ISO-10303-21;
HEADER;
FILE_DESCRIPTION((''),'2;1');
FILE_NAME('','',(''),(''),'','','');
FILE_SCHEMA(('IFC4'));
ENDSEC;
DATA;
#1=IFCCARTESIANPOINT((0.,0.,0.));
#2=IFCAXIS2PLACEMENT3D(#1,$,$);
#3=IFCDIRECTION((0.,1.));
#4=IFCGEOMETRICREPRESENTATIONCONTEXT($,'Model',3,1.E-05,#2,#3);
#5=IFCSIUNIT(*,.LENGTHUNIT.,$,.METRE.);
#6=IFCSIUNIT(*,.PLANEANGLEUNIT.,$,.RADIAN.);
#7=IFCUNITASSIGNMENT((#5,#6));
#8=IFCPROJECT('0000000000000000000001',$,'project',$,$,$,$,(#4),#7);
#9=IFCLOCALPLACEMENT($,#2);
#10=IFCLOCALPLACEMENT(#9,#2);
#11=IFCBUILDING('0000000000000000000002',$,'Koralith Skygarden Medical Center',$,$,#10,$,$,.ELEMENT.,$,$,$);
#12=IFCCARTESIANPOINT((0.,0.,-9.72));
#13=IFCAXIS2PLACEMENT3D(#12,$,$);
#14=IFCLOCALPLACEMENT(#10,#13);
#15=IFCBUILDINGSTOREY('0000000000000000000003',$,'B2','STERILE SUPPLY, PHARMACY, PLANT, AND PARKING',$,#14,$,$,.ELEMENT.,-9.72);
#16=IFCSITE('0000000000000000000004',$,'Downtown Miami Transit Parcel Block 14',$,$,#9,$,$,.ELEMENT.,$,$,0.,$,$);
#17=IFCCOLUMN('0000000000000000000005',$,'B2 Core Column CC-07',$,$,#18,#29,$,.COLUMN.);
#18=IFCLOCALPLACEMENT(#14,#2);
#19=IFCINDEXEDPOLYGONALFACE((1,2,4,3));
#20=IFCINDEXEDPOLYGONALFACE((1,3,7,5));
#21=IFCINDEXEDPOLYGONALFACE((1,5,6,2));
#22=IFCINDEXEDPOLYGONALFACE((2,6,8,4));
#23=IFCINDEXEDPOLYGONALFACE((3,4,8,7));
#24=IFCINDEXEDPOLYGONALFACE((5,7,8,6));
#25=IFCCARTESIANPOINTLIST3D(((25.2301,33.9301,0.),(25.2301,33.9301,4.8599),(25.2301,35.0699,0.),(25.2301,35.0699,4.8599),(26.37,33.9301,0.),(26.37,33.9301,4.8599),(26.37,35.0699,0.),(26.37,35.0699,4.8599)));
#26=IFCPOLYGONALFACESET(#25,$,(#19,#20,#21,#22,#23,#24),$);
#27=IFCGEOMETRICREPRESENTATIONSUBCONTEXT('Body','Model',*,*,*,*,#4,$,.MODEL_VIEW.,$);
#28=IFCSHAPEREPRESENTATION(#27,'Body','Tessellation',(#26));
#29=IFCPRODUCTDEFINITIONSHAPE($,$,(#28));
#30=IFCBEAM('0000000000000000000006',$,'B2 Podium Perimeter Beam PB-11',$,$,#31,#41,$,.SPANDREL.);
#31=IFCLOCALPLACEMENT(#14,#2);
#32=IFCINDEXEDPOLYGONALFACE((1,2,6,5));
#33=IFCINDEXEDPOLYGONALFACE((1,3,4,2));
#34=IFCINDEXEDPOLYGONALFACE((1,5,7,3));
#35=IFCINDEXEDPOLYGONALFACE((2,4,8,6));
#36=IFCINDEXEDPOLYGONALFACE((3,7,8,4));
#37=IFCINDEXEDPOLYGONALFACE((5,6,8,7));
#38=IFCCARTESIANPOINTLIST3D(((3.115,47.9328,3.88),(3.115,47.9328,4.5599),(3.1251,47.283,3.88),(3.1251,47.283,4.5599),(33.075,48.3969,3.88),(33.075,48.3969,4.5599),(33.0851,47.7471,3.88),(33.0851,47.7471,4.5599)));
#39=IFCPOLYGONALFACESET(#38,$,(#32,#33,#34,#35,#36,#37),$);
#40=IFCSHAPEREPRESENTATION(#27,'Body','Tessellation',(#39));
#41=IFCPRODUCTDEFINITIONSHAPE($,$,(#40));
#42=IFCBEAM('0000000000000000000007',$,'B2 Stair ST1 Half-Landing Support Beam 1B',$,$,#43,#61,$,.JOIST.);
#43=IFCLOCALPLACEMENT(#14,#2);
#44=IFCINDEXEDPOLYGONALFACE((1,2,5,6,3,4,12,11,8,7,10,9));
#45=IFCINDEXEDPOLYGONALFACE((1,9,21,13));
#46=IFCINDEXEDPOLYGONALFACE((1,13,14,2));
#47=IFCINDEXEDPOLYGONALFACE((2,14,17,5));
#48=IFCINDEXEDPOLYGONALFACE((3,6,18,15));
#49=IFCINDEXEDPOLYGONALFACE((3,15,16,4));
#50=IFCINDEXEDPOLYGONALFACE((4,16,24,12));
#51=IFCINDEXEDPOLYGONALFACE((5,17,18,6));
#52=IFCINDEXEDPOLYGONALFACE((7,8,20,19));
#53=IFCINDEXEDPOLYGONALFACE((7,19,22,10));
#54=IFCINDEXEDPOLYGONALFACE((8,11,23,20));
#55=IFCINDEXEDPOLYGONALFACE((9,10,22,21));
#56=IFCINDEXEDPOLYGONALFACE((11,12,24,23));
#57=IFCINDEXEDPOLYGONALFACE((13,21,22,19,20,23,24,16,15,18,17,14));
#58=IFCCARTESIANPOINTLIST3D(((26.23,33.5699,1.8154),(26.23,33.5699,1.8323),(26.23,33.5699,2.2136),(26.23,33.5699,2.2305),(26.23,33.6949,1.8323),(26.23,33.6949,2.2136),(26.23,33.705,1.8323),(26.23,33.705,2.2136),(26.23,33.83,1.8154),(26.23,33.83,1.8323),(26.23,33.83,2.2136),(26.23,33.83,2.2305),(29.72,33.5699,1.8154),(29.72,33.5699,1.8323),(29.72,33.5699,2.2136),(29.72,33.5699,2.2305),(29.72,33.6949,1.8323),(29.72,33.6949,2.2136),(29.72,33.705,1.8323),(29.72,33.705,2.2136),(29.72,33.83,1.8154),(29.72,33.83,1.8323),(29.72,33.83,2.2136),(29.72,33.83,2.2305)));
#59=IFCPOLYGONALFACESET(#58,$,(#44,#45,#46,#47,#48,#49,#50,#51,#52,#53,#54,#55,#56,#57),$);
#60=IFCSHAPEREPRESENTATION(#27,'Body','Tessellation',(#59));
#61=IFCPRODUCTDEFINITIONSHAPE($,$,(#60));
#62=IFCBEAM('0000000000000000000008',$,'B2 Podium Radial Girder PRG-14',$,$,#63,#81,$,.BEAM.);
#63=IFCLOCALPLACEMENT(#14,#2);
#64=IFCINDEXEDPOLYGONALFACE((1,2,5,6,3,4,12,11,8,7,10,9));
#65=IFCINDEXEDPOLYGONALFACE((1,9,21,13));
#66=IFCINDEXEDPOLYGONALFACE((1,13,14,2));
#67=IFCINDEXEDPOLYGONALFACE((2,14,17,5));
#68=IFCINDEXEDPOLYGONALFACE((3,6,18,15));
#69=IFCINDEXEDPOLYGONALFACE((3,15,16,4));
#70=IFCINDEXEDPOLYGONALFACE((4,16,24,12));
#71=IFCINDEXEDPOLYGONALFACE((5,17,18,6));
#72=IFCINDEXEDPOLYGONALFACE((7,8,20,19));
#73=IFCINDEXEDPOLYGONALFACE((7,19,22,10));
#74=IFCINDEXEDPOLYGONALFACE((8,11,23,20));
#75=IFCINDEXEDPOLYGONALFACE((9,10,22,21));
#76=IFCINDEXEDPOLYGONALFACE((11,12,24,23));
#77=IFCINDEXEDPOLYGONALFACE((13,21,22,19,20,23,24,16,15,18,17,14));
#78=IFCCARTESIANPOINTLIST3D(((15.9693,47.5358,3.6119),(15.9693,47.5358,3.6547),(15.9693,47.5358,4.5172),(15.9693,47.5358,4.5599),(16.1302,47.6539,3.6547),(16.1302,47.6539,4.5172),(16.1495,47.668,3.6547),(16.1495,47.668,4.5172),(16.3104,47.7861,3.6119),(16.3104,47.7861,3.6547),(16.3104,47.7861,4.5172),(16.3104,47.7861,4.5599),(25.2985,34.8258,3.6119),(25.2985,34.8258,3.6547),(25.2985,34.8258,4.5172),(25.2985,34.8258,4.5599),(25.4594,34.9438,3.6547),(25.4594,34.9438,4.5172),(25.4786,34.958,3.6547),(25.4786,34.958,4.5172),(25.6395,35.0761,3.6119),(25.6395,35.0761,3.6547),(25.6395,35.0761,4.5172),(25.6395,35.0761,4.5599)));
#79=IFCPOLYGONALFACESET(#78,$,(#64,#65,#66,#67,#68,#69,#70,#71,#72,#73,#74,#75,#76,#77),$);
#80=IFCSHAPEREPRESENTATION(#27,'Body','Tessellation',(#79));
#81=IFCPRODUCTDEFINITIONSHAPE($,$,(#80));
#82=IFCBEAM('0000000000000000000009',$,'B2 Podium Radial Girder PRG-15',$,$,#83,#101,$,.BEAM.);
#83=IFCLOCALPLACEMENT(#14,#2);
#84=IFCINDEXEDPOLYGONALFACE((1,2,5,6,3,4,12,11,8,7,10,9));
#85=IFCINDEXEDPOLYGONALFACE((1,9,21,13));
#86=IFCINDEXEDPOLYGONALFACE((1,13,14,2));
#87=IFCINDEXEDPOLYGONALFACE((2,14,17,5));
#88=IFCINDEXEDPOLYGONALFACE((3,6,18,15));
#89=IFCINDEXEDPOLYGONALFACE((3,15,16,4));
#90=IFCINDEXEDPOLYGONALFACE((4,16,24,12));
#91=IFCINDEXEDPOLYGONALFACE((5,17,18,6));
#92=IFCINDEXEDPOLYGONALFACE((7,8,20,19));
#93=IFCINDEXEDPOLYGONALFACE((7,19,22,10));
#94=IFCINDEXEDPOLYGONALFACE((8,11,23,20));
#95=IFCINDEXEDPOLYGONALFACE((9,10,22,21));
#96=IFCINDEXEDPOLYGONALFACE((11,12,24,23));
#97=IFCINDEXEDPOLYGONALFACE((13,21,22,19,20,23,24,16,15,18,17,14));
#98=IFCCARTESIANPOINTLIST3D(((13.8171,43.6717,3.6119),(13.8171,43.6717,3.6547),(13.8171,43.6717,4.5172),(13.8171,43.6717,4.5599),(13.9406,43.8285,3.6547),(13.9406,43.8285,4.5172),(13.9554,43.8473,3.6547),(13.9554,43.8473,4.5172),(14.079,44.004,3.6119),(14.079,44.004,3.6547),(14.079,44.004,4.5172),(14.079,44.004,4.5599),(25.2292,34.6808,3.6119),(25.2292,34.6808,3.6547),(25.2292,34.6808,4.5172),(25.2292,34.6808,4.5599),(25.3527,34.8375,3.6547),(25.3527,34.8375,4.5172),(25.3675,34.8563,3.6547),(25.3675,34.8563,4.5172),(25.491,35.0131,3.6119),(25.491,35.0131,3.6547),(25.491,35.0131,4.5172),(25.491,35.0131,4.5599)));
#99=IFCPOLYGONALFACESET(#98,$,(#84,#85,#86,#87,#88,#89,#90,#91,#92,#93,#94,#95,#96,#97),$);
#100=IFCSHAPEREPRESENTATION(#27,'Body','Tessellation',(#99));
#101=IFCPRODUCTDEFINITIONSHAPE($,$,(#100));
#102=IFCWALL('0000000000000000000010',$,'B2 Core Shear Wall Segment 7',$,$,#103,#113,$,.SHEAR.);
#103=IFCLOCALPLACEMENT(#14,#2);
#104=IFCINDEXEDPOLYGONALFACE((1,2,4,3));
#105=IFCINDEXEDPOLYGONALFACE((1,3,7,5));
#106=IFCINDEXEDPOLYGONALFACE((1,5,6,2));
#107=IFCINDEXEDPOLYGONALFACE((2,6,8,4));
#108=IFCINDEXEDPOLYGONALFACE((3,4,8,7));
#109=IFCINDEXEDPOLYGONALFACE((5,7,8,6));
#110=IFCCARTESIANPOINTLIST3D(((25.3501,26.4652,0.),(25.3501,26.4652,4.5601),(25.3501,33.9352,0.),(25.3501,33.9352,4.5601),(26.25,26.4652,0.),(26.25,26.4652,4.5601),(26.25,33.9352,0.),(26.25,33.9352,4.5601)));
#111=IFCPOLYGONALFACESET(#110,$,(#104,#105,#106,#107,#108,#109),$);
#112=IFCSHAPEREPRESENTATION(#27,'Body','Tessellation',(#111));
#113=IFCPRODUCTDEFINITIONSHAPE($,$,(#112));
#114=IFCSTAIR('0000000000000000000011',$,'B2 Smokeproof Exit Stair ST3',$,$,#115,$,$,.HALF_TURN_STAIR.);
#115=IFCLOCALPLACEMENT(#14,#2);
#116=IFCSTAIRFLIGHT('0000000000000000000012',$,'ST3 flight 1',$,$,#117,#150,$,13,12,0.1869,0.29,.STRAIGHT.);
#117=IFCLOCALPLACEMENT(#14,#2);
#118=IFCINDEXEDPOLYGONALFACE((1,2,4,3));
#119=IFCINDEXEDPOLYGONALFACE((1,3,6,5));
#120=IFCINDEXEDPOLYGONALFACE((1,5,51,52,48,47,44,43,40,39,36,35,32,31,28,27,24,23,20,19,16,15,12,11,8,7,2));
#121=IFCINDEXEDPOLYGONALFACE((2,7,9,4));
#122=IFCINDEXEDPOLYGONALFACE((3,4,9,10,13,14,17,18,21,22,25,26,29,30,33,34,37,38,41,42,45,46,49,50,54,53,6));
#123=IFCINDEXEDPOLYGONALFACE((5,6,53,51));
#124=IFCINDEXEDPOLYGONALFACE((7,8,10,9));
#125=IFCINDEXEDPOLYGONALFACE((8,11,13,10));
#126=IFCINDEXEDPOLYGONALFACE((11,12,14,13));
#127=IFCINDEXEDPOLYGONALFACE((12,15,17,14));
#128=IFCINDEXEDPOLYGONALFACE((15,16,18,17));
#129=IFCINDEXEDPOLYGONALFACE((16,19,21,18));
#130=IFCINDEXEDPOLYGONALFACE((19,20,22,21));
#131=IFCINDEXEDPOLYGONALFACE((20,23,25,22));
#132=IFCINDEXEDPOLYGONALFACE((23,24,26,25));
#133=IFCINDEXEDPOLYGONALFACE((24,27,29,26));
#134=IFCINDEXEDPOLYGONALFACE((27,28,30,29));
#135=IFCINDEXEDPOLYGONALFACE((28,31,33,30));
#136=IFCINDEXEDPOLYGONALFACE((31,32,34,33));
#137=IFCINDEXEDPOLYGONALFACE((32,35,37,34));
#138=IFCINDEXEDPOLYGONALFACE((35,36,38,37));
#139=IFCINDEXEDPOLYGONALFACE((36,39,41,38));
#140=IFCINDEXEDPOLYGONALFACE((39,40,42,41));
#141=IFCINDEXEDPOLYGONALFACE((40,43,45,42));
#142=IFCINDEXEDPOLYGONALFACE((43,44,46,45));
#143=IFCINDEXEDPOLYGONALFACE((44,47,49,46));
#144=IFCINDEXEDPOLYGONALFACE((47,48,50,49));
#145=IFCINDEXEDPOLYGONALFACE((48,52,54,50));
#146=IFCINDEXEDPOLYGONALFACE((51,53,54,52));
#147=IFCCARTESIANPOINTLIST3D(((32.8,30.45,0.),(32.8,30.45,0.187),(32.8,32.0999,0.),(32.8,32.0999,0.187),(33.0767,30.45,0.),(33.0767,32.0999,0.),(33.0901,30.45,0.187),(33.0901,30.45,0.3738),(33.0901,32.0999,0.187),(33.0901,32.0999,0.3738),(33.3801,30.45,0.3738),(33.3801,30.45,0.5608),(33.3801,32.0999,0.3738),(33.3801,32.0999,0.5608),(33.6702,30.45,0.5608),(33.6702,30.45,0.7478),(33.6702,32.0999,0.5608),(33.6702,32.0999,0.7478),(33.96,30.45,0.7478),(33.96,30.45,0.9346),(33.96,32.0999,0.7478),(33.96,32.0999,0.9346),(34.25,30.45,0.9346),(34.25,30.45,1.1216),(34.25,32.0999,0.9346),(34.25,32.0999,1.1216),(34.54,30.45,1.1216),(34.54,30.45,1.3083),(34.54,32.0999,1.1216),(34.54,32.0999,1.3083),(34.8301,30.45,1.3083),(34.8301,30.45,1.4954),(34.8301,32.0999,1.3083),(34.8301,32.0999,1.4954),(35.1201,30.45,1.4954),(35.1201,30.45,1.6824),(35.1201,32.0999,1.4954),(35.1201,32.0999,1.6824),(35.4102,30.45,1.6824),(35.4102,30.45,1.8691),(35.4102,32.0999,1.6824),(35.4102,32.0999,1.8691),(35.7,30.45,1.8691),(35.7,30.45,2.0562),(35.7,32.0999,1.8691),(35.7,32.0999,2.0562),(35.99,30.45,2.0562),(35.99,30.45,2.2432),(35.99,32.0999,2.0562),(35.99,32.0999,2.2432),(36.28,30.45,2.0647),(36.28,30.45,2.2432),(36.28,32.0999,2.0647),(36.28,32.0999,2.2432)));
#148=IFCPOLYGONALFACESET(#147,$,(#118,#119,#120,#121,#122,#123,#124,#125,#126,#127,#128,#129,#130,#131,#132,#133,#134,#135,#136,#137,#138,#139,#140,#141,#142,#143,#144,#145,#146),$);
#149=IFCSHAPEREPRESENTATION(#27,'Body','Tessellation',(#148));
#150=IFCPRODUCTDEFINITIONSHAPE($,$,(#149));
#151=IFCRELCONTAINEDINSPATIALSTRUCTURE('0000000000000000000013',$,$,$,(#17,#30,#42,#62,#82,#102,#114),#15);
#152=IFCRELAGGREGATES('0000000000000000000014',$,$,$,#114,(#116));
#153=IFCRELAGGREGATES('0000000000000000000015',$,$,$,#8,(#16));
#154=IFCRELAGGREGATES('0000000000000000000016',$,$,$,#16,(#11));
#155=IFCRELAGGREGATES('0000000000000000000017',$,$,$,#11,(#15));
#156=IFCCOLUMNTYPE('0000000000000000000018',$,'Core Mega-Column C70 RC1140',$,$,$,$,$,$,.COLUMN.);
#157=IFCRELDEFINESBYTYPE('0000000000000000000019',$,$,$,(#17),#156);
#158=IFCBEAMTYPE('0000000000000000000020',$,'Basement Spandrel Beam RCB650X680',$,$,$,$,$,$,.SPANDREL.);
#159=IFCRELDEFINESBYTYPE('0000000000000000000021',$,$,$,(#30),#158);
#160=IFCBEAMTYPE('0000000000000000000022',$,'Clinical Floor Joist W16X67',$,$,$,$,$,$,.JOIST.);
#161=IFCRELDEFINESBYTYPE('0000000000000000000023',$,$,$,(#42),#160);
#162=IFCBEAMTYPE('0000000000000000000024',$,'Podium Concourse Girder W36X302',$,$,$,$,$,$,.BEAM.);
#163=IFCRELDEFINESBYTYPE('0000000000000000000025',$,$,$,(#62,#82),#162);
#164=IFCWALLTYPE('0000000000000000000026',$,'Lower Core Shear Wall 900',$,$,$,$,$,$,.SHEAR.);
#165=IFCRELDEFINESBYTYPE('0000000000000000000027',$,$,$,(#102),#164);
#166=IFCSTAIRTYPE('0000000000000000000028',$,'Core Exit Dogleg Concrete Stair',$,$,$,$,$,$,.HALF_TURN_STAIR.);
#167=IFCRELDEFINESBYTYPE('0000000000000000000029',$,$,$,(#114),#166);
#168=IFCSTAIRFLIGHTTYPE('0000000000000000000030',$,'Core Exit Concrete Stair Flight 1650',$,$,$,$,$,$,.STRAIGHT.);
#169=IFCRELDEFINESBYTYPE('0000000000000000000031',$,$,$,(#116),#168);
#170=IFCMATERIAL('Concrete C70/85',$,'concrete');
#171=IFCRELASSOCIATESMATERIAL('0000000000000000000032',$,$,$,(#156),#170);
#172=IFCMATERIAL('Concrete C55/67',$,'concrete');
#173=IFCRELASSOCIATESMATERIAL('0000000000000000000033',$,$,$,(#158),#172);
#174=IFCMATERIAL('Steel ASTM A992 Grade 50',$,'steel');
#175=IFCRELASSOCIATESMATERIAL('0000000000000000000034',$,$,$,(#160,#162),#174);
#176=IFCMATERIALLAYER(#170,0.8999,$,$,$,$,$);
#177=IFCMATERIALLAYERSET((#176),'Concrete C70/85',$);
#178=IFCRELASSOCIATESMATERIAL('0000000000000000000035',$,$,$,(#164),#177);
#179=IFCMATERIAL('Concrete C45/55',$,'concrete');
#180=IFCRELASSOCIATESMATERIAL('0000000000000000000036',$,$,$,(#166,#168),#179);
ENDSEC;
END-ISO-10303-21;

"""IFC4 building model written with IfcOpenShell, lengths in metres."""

from ifc_helpers import new_model, si_unit, direction, frame, frame_2d, origin, origin_2d, place, context, subcontext, project, spatial, polyline, rectangle, i_section, outline, extrude, material, layer, layer_set, material_profile, profile_set, type_object, element, aggregate, save


model = new_model("IFC4")

# Units and contexts
model_context = context("Model", 3, precision=1e-05, world=origin(), true_north=direction((0.0, 1.0)))
body_context = subcontext(model_context, "Body", "Model", "MODEL_VIEW")
ifc_project = project(units=[si_unit("LENGTHUNIT", "METRE"), si_unit("PLANEANGLEUNIT", "RADIAN")], contexts=[model_context])

# Site, building, storey
site_placement = place(None, origin())
site = spatial("IfcSite", under=ifc_project, at=site_placement, Name="Downtown Miami Transit Parcel Block 14", CompositionType="ELEMENT", RefElevation=0.0)
building_placement = place(site_placement, origin())
building = spatial("IfcBuilding", under=site, at=building_placement, Name="Koralith Skygarden Medical Center", CompositionType="ELEMENT")
storey_placement = place(building_placement, frame((0.0, 0.0, -9.72)))
storey = spatial("IfcBuildingStorey", under=building, at=storey_placement, Name="B2", Description="STERILE SUPPLY, PHARMACY, PLANT, AND PARKING", CompositionType="ELEMENT", Elevation=-9.72)

# Shared definitions
ifc_material_1 = material(Name="Concrete C45/55", Category="concrete")

# Column
ifc_material_2 = material(Name="Concrete C70/85", Category="concrete")
ifc_material_profile_1 = material_profile(ifc_material_2, rectangle(XDim=1.1399, YDim=1.1399, at=origin_2d()), Name="RC1140X1140")
ifc_profile_set_1 = profile_set([ifc_material_profile_1], Name="Concrete C70/85")
column_type = type_object("IfcColumnType", Name="Core Mega-Column C70 RC1140", PredefinedType="COLUMN", material=ifc_profile_set_1)
column_placement = place(storey_placement, frame((25.8, 34.5, 0.0), z_axis=(0.0, 0.0, 1.0), x_axis=(1.0, 0.0, 0.0)))
element("IfcColumn", 1, at=column_placement, inside=storey, type_object=column_type, Name="B2 Core Column CC-07", PredefinedType="COLUMN", context=body_context, shape_type="SweptSolid", body=[
    extrude(rectangle(XDim=1.1399, YDim=1.1399, at=origin_2d()), origin(), (0.0, 0.0, 1.0), 4.8599),
])

# Beams
ifc_material_3 = material(Name="Concrete C55/67", Category="concrete")
ifc_material_profile_2 = material_profile(ifc_material_3, rectangle(XDim=0.6499, YDim=0.6799, at=origin_2d()), Name="RCB650X680")
ifc_profile_set_2 = profile_set([ifc_material_profile_2], Name="Concrete C55/67")
beam_type_1 = type_object("IfcBeamType", Name="Basement Spandrel Beam RCB650X680", PredefinedType="SPANDREL", material=ifc_profile_set_2)
beam_1_placement = place(storey_placement, frame((33.0801, 48.072, 4.22), z_axis=(-0.99988, -0.015489, 0.0), x_axis=(0.015489, -0.99988, 0.0)))
element("IfcBeam", 2, at=beam_1_placement, inside=storey, type_object=beam_type_1, Name="B2 Podium Perimeter Beam PB-11", PredefinedType="SPANDREL", context=body_context, shape_type="SweptSolid", body=[
    extrude(rectangle(XDim=0.6499, YDim=0.6799, at=origin_2d()), origin(), (0.0, 0.0, 1.0), 29.9636),
])
ifc_material_4 = material(Name="Steel ASTM A992 Grade 50", Category="steel")
ifc_material_profile_3 = material_profile(ifc_material_4, i_section(OverallWidth=0.26, OverallDepth=0.415, WebThickness=0.01, FlangeThickness=0.0168, at=origin_2d()), Name="W16X67")
ifc_profile_set_3 = profile_set([ifc_material_profile_3], Name="Steel ASTM A992 Grade 50")
beam_type_2 = type_object("IfcBeamType", Name="Clinical Floor Joist W16X67", PredefinedType="JOIST", material=ifc_profile_set_3)
beam_2_placement = place(storey_placement, frame((26.23, 33.7, 2.0229), z_axis=(1.0, 0.0, 0.0), x_axis=(0.0, 1.0, 0.0)))
element("IfcBeam", 3, at=beam_2_placement, inside=storey, type_object=beam_type_2, Name="B2 Stair ST1 Half-Landing Support Beam 1B", PredefinedType="JOIST", context=body_context, shape_type="SweptSolid", body=[
    extrude(i_section(OverallWidth=0.26, OverallDepth=0.415, WebThickness=0.01, FlangeThickness=0.0168, at=origin_2d()), origin(), (0.0, 0.0, 1.0), 3.49),
])
ifc_material_profile_4 = material_profile(ifc_material_4, i_section(OverallWidth=0.4231, OverallDepth=0.948, WebThickness=0.0239, FlangeThickness=0.0427, at=origin_2d()), Name="W36X302")
ifc_profile_set_4 = profile_set([ifc_material_profile_4], Name="Steel ASTM A992 Grade 50")
beam_type_3 = type_object("IfcBeamType", Name="Podium Concourse Girder W36X302", PredefinedType="BEAM", material=ifc_profile_set_4)
beam_3_placement = place(storey_placement, frame((25.469, 34.9509, 4.0859), z_axis=(-0.591713, 0.806149, 0.0), x_axis=(-0.806149, -0.591713, 0.0)))
element("IfcBeam", 4, at=beam_3_placement, inside=storey, type_object=beam_type_3, Name="B2 Podium Radial Girder PRG-14", PredefinedType="BEAM", context=body_context, shape_type="SweptSolid", body=[
    extrude(i_section(OverallWidth=0.4231, OverallDepth=0.948, WebThickness=0.0239, FlangeThickness=0.0427, at=origin_2d()), origin(), (0.0, 0.0, 1.0), 15.7664),
])
beam_4_placement = place(storey_placement, frame((25.3601, 34.8469, 4.0859), z_axis=(-0.785505, 0.618856, 0.0), x_axis=(-0.618856, -0.785505, 0.0)))
element("IfcBeam", 5, at=beam_4_placement, inside=storey, type_object=beam_type_3, Name="B2 Podium Radial Girder PRG-15", PredefinedType="BEAM", context=body_context, shape_type="SweptSolid", body=[
    extrude(i_section(OverallWidth=0.4231, OverallDepth=0.948, WebThickness=0.0239, FlangeThickness=0.0427, at=origin_2d()), origin(), (0.0, 0.0, 1.0), 14.5283),
])

# Wall
ifc_layer = layer(ifc_material_2, 0.8999)
ifc_layer_set = layer_set([ifc_layer], Name="Concrete C70/85")
wall_type = type_object("IfcWallType", Name="Lower Core Shear Wall 900", PredefinedType="SHEAR", material=ifc_layer_set)
wall_placement = place(storey_placement, frame((25.8, 33.9351, 0.0), z_axis=(0.0, 0.0, 1.0), x_axis=(0.0, -1.0, 0.0)))
element("IfcWall", 6, at=wall_placement, inside=storey, type_object=wall_type, Name="B2 Core Shear Wall Segment 7", PredefinedType="SHEAR", context=body_context, shape_type="SweptSolid", body=[
    extrude(rectangle(XDim=7.47, YDim=0.8999, at=frame_2d((3.7349, 0.0))), origin(), (0.0, 0.0, 1.0), 4.5601),
])

# Stair, stair flight
stair_type = type_object("IfcStairType", Name="Core Exit Dogleg Concrete Stair", PredefinedType="HALF_TURN_STAIR", material=ifc_material_1)
stair_placement = place(storey_placement, origin())
stair = element("IfcStair", 7, at=stair_placement, inside=storey, type_object=stair_type, Name="B2 Smokeproof Exit Stair ST3", PredefinedType="HALF_TURN_STAIR")
stair_flight_type = type_object("IfcStairFlightType", Name="Core Exit Concrete Stair Flight 1650", PredefinedType="STRAIGHT", material=ifc_material_1)
stair_flight_placement = place(storey_placement, frame((32.8, 31.2749, 0.0), z_axis=(0.0, 0.0, 1.0), x_axis=(1.0, 0.0, 0.0)))
stair_flight = element("IfcStairFlight", 8, at=stair_flight_placement, type_object=stair_flight_type, Name="ST3 flight 1", NumberOfRisers=13, NumberOfTreads=12, PredefinedType="STRAIGHT", RiserHeight=0.1869, TreadLength=0.29, context=body_context, shape_type="SweptSolid", body=[
    extrude(outline(polyline([(0.0, 0.0), (0.0, 0.187), (0.29, 0.187), (0.29, 0.3738), (0.5801, 0.3738), (0.5801, 0.5608), (0.8701, 0.5608), (0.8701, 0.7478), (1.1599, 0.7478), (1.1599, 0.9346), (1.45, 0.9346), (1.45, 1.1216), (1.74, 1.1216), (1.74, 1.3083), (2.03, 1.3083), (2.03, 1.4954), (2.3201, 1.4954), (2.3201, 1.6824), (2.6101, 1.6824), (2.6101, 1.8691), (2.8999, 1.8691), (2.8999, 2.0562), (3.1899, 2.0562), (3.1899, 2.2432), (3.48, 2.2432), (3.48, 2.4299), (3.48, 2.0647), (0.2766, 0.0), (0.0, 0.0)])), frame((0.0, 0.825, 0.0), z_axis=(0.0, -1.0, 0.0), x_axis=(1.0, 0.0, 0.0)), (0.0, 0.0, 1.0), 1.6499),
])
aggregate(stair, [stair_flight])

save(model, "model.ifc")
